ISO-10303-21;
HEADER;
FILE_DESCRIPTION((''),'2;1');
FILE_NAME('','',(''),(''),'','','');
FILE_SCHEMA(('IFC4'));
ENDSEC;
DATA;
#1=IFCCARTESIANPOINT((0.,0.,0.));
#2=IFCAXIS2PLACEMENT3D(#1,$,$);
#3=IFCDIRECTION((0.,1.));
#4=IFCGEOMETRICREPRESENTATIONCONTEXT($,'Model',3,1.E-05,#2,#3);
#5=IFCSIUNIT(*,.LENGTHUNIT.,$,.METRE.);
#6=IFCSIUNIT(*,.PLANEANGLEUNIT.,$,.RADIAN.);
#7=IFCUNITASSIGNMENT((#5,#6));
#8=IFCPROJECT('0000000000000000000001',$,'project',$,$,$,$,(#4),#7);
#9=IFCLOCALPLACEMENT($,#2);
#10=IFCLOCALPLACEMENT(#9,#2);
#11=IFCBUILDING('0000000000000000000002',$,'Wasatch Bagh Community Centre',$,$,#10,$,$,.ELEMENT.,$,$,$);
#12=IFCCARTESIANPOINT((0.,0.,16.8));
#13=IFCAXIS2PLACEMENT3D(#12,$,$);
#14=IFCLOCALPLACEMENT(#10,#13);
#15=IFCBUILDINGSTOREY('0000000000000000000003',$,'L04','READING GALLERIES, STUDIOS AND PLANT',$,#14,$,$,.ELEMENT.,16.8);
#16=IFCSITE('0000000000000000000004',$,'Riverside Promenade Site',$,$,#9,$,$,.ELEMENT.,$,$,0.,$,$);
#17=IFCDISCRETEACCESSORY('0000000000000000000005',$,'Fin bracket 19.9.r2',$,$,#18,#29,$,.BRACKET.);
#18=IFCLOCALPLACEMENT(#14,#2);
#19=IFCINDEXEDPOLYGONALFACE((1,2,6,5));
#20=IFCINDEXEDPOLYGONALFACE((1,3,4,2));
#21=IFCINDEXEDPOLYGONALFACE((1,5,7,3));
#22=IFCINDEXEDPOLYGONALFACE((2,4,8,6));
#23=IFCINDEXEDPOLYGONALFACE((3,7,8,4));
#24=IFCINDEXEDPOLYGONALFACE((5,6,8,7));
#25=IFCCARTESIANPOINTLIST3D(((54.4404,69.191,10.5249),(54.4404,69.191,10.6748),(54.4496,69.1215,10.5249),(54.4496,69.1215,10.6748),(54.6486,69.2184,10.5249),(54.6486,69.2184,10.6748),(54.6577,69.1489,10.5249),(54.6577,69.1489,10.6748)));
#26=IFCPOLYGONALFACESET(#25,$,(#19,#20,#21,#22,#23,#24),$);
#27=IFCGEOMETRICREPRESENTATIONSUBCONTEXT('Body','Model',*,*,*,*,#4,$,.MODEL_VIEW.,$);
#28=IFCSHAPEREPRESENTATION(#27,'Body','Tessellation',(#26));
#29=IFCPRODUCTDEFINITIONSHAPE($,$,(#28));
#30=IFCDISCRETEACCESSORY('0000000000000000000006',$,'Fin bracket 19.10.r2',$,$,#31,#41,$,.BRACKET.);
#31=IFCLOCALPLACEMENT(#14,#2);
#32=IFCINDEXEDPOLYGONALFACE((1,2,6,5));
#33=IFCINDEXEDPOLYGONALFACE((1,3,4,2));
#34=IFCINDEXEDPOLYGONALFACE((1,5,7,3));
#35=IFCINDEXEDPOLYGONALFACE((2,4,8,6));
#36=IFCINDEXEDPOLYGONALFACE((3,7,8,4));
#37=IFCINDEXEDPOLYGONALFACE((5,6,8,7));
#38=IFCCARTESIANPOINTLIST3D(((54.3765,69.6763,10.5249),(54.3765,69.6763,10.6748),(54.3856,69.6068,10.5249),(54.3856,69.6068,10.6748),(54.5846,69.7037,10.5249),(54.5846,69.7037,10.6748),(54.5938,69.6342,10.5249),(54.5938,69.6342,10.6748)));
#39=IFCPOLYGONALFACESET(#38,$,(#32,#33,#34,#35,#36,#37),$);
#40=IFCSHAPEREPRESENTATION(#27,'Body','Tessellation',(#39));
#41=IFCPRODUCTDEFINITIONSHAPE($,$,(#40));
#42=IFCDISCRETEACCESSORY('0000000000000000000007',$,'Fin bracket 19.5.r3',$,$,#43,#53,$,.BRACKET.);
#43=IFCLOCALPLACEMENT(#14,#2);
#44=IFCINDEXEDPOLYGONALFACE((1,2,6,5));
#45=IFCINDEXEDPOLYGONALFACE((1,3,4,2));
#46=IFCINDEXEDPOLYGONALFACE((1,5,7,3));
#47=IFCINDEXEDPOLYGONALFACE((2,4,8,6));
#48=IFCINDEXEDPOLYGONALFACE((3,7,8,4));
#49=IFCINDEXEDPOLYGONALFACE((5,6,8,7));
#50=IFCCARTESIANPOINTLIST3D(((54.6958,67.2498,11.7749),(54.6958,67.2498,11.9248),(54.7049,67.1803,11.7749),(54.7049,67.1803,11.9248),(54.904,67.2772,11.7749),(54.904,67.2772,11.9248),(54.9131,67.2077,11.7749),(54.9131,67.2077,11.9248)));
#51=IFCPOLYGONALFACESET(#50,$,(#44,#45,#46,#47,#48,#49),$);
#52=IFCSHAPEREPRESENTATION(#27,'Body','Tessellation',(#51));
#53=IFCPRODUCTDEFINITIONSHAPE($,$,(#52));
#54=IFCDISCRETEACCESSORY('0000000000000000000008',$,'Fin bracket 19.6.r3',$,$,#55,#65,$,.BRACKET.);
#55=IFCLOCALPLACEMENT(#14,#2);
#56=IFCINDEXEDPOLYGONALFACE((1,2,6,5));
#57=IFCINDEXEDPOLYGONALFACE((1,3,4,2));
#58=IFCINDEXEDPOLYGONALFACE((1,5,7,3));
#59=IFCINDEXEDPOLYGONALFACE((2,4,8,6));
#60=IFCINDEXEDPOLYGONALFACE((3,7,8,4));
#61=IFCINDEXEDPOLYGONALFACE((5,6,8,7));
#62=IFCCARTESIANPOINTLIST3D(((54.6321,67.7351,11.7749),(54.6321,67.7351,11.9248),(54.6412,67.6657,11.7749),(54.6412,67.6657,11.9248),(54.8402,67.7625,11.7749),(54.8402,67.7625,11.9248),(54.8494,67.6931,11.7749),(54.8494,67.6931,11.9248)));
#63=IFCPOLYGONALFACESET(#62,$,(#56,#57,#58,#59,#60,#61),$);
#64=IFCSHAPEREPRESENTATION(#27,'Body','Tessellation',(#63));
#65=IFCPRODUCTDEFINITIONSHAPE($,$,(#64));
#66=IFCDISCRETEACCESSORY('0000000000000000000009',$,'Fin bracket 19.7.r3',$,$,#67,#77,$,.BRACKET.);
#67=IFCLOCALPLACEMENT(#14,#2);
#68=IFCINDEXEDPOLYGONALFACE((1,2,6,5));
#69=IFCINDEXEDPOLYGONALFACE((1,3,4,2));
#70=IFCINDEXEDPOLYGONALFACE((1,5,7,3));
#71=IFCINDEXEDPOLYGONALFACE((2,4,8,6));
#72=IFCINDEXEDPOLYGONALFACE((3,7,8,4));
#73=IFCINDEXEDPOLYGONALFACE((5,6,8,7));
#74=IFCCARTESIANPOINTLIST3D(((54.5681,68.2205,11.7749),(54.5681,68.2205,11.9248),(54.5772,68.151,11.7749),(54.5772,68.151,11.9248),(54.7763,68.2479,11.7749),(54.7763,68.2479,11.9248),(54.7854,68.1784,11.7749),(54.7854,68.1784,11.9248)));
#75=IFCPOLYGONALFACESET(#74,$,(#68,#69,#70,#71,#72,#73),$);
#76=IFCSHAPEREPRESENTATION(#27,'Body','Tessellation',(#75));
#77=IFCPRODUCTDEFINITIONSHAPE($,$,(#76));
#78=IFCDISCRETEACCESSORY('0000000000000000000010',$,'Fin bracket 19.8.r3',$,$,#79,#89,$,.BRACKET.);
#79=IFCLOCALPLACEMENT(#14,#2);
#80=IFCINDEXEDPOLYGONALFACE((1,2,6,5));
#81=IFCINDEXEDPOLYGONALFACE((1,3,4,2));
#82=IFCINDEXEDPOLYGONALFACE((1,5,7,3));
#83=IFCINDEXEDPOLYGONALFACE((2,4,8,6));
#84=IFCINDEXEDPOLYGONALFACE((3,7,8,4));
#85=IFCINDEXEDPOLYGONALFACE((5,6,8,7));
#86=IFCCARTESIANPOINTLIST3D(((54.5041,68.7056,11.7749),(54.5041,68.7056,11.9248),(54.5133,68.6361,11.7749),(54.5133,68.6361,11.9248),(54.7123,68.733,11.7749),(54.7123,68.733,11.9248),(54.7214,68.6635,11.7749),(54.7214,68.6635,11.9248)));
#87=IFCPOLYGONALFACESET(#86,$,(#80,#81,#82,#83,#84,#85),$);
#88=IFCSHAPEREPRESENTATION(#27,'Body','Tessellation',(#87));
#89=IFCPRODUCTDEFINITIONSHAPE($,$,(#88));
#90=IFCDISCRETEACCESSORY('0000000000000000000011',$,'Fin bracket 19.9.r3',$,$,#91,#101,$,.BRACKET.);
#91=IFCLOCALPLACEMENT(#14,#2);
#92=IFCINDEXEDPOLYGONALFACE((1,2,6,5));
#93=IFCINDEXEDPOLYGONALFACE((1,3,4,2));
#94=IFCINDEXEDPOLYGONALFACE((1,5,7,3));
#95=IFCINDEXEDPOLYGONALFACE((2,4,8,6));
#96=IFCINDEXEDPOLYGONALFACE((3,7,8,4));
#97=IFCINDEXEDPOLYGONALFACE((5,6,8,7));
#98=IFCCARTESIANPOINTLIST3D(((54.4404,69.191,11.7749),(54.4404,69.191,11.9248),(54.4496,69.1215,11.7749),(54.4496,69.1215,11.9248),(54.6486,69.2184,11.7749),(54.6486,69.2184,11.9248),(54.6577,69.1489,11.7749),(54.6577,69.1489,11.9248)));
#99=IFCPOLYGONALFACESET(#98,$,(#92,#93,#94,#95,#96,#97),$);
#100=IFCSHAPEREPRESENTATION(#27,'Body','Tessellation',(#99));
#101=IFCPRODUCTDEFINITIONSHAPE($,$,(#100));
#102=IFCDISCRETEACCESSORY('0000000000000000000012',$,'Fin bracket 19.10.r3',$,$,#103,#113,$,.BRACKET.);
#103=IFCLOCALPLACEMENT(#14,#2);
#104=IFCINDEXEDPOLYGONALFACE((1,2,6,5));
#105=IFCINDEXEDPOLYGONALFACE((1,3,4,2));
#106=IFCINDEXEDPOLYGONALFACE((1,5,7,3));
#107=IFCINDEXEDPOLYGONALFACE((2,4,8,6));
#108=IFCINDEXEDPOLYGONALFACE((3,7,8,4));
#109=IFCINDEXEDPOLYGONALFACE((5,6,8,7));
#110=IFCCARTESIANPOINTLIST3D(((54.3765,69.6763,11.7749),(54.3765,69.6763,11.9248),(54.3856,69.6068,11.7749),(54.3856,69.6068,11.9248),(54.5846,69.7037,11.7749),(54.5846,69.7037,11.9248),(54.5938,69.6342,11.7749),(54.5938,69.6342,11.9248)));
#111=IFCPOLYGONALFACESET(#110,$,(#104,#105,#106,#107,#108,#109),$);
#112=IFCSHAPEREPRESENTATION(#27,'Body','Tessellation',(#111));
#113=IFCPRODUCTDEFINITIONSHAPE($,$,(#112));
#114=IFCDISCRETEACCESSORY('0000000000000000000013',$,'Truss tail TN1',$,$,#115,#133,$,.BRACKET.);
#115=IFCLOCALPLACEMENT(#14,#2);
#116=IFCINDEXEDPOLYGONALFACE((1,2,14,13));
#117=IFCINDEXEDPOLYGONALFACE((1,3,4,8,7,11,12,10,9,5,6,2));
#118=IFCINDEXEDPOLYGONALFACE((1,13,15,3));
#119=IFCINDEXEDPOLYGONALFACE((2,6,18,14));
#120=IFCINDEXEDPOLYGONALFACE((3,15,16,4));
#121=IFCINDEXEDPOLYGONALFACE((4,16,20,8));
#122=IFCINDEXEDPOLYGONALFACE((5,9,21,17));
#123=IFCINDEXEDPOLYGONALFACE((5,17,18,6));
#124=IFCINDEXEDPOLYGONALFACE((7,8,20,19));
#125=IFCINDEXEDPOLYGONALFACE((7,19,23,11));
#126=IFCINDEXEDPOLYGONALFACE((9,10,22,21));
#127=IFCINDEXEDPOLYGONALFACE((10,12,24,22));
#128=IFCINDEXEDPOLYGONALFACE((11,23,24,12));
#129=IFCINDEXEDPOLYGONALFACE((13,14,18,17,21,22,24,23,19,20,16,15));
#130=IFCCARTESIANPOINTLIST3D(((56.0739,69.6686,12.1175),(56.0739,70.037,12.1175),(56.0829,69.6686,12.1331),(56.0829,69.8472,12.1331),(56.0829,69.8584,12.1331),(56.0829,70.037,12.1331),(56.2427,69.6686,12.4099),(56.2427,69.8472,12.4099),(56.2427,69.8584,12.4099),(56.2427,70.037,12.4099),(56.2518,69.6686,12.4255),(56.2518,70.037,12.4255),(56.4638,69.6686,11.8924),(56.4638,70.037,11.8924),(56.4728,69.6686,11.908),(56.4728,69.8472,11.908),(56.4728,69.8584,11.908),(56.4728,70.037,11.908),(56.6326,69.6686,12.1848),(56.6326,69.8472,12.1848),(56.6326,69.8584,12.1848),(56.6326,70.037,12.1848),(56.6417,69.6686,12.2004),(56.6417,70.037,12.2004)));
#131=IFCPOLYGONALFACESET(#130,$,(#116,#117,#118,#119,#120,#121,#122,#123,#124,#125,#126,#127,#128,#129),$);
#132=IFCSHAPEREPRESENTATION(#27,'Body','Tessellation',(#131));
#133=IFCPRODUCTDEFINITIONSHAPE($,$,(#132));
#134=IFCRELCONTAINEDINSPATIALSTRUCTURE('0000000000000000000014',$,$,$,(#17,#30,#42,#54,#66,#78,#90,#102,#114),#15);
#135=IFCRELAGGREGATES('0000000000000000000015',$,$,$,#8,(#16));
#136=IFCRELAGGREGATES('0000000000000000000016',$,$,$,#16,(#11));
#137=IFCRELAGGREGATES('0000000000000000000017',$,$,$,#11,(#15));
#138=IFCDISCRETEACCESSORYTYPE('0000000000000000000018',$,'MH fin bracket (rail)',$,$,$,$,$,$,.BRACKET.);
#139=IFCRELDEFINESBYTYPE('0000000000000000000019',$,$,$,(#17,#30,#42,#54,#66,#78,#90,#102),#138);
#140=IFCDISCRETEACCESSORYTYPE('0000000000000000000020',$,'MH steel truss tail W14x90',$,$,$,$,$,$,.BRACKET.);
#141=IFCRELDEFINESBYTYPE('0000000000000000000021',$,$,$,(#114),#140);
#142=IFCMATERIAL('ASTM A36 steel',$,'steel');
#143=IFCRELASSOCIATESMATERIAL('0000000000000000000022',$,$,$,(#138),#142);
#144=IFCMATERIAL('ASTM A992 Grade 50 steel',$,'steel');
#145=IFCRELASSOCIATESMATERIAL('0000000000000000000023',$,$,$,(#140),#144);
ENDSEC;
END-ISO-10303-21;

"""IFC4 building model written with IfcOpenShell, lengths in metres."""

from ifc_helpers import new_model, si_unit, direction, frame, origin, origin_2d, place, context, subcontext, project, spatial, rectangle, i_section, extrude, material, material_profile, profile_set, type_object, element, save


model = new_model("IFC4")

# Units and contexts
model_context = context("Model", 3, precision=1e-05, world=origin(), true_north=direction((0.0, 1.0)))
body_context = subcontext(model_context, "Body", "Model", "MODEL_VIEW")
ifc_project = project(units=[si_unit("LENGTHUNIT", "METRE"), si_unit("PLANEANGLEUNIT", "RADIAN")], contexts=[model_context])

# Site, building, storey
site_placement = place(None, origin())
site = spatial("IfcSite", under=ifc_project, at=site_placement, Name="Riverside Promenade Site", CompositionType="ELEMENT", RefElevation=0.0)
building_placement = place(site_placement, origin())
building = spatial("IfcBuilding", under=site, at=building_placement, Name="Wasatch Bagh Community Centre", CompositionType="ELEMENT")
storey_placement = place(building_placement, frame((0.0, 0.0, 16.8)))
storey = spatial("IfcBuildingStorey", under=building, at=storey_placement, Name="L04", Description="READING GALLERIES, STUDIOS AND PLANT", CompositionType="ELEMENT", Elevation=16.8)

# Discrete accessories
ifc_material_1 = material(Name="ASTM A36 steel", Category="steel")
discrete_accessory_type_1 = type_object("IfcDiscreteAccessoryType", Name="MH fin bracket (rail)", PredefinedType="BRACKET", material=ifc_material_1)
for number, where, z_axis, x_axis, name in (
    (1, (54.5491, 69.1699, 10.5249), (0.0, 0.0, 1.0), (-0.130526, 0.991445, 0.0), "Fin bracket 19.9.r2"),
    (2, (54.4851, 69.6553, 10.5249), (0.0, 0.0, 1.0), (-0.130526, 0.991445, 0.0), "Fin bracket 19.10.r2"),
    (3, (54.8044, 67.2288, 11.7749), (0.0, 0.0, 1.0), (-0.130526, 0.991445, 0.0), "Fin bracket 19.5.r3"),
    (4, (54.7407, 67.7141, 11.7749), (0.0, 0.0, 1.0), (-0.130526, 0.991445, 0.0), "Fin bracket 19.6.r3"),
    (5, (54.6768, 68.1995, 11.7749), (0.0, 0.0, 1.0), (-0.130526, 0.991445, 0.0), "Fin bracket 19.7.r3"),
    (6, (54.6128, 68.6846, 11.7749), (0.0, 0.0, 1.0), (-0.130526, 0.991445, 0.0), "Fin bracket 19.8.r3"),
    (7, (54.5491, 69.1699, 11.7749), (0.0, 0.0, 1.0), (-0.130526, 0.991445, 0.0), "Fin bracket 19.9.r3"),
    (8, (54.4851, 69.6553, 11.7749), (0.0, 0.0, 1.0), (-0.130526, 0.991445, 0.0), "Fin bracket 19.10.r3"),
):
    element("IfcDiscreteAccessory", number, at=place(storey_placement, frame(where, z_axis=z_axis, x_axis=x_axis)), inside=storey, type_object=discrete_accessory_type_1, Name=name, PredefinedType="BRACKET", context=body_context, shape_type="SweptSolid", body=[
        extrude(rectangle(XDim=0.0701, YDim=0.21, at=origin_2d()), origin(), (0.0, 0.0, 1.0), 0.1499),
    ])
ifc_material_2 = material(Name="ASTM A992 Grade 50 steel", Category="steel")
ifc_material_profile_1 = material_profile(ifc_material_2, i_section(OverallWidth=0.3684, OverallDepth=0.3557, WebThickness=0.0112, FlangeThickness=0.0181, at=origin_2d()), Name="W14x90")
ifc_profile_set_1 = profile_set([ifc_material_profile_1], Name="ASTM A992 Grade 50 steel")
discrete_accessory_type_2 = type_object("IfcDiscreteAccessoryType", Name="MH steel truss tail W14x90", PredefinedType="BRACKET", material=ifc_profile_set_1)
discrete_accessory_placement = place(storey_placement, frame((56.1628, 69.8528, 12.2715), z_axis=(0.866032, 0.0, -0.499988), x_axis=(0.0, 1.0, 0.0)))
element("IfcDiscreteAccessory", 9, at=discrete_accessory_placement, inside=storey, type_object=discrete_accessory_type_2, Name="Truss tail TN1", PredefinedType="BRACKET", context=body_context, shape_type="SweptSolid", body=[
    extrude(i_section(OverallWidth=0.3684, OverallDepth=0.3557, WebThickness=0.0112, FlangeThickness=0.0181, at=origin_2d()), origin(), (0.0, 0.0, 1.0), 0.4502),
])

save(model, "model.ifc")
